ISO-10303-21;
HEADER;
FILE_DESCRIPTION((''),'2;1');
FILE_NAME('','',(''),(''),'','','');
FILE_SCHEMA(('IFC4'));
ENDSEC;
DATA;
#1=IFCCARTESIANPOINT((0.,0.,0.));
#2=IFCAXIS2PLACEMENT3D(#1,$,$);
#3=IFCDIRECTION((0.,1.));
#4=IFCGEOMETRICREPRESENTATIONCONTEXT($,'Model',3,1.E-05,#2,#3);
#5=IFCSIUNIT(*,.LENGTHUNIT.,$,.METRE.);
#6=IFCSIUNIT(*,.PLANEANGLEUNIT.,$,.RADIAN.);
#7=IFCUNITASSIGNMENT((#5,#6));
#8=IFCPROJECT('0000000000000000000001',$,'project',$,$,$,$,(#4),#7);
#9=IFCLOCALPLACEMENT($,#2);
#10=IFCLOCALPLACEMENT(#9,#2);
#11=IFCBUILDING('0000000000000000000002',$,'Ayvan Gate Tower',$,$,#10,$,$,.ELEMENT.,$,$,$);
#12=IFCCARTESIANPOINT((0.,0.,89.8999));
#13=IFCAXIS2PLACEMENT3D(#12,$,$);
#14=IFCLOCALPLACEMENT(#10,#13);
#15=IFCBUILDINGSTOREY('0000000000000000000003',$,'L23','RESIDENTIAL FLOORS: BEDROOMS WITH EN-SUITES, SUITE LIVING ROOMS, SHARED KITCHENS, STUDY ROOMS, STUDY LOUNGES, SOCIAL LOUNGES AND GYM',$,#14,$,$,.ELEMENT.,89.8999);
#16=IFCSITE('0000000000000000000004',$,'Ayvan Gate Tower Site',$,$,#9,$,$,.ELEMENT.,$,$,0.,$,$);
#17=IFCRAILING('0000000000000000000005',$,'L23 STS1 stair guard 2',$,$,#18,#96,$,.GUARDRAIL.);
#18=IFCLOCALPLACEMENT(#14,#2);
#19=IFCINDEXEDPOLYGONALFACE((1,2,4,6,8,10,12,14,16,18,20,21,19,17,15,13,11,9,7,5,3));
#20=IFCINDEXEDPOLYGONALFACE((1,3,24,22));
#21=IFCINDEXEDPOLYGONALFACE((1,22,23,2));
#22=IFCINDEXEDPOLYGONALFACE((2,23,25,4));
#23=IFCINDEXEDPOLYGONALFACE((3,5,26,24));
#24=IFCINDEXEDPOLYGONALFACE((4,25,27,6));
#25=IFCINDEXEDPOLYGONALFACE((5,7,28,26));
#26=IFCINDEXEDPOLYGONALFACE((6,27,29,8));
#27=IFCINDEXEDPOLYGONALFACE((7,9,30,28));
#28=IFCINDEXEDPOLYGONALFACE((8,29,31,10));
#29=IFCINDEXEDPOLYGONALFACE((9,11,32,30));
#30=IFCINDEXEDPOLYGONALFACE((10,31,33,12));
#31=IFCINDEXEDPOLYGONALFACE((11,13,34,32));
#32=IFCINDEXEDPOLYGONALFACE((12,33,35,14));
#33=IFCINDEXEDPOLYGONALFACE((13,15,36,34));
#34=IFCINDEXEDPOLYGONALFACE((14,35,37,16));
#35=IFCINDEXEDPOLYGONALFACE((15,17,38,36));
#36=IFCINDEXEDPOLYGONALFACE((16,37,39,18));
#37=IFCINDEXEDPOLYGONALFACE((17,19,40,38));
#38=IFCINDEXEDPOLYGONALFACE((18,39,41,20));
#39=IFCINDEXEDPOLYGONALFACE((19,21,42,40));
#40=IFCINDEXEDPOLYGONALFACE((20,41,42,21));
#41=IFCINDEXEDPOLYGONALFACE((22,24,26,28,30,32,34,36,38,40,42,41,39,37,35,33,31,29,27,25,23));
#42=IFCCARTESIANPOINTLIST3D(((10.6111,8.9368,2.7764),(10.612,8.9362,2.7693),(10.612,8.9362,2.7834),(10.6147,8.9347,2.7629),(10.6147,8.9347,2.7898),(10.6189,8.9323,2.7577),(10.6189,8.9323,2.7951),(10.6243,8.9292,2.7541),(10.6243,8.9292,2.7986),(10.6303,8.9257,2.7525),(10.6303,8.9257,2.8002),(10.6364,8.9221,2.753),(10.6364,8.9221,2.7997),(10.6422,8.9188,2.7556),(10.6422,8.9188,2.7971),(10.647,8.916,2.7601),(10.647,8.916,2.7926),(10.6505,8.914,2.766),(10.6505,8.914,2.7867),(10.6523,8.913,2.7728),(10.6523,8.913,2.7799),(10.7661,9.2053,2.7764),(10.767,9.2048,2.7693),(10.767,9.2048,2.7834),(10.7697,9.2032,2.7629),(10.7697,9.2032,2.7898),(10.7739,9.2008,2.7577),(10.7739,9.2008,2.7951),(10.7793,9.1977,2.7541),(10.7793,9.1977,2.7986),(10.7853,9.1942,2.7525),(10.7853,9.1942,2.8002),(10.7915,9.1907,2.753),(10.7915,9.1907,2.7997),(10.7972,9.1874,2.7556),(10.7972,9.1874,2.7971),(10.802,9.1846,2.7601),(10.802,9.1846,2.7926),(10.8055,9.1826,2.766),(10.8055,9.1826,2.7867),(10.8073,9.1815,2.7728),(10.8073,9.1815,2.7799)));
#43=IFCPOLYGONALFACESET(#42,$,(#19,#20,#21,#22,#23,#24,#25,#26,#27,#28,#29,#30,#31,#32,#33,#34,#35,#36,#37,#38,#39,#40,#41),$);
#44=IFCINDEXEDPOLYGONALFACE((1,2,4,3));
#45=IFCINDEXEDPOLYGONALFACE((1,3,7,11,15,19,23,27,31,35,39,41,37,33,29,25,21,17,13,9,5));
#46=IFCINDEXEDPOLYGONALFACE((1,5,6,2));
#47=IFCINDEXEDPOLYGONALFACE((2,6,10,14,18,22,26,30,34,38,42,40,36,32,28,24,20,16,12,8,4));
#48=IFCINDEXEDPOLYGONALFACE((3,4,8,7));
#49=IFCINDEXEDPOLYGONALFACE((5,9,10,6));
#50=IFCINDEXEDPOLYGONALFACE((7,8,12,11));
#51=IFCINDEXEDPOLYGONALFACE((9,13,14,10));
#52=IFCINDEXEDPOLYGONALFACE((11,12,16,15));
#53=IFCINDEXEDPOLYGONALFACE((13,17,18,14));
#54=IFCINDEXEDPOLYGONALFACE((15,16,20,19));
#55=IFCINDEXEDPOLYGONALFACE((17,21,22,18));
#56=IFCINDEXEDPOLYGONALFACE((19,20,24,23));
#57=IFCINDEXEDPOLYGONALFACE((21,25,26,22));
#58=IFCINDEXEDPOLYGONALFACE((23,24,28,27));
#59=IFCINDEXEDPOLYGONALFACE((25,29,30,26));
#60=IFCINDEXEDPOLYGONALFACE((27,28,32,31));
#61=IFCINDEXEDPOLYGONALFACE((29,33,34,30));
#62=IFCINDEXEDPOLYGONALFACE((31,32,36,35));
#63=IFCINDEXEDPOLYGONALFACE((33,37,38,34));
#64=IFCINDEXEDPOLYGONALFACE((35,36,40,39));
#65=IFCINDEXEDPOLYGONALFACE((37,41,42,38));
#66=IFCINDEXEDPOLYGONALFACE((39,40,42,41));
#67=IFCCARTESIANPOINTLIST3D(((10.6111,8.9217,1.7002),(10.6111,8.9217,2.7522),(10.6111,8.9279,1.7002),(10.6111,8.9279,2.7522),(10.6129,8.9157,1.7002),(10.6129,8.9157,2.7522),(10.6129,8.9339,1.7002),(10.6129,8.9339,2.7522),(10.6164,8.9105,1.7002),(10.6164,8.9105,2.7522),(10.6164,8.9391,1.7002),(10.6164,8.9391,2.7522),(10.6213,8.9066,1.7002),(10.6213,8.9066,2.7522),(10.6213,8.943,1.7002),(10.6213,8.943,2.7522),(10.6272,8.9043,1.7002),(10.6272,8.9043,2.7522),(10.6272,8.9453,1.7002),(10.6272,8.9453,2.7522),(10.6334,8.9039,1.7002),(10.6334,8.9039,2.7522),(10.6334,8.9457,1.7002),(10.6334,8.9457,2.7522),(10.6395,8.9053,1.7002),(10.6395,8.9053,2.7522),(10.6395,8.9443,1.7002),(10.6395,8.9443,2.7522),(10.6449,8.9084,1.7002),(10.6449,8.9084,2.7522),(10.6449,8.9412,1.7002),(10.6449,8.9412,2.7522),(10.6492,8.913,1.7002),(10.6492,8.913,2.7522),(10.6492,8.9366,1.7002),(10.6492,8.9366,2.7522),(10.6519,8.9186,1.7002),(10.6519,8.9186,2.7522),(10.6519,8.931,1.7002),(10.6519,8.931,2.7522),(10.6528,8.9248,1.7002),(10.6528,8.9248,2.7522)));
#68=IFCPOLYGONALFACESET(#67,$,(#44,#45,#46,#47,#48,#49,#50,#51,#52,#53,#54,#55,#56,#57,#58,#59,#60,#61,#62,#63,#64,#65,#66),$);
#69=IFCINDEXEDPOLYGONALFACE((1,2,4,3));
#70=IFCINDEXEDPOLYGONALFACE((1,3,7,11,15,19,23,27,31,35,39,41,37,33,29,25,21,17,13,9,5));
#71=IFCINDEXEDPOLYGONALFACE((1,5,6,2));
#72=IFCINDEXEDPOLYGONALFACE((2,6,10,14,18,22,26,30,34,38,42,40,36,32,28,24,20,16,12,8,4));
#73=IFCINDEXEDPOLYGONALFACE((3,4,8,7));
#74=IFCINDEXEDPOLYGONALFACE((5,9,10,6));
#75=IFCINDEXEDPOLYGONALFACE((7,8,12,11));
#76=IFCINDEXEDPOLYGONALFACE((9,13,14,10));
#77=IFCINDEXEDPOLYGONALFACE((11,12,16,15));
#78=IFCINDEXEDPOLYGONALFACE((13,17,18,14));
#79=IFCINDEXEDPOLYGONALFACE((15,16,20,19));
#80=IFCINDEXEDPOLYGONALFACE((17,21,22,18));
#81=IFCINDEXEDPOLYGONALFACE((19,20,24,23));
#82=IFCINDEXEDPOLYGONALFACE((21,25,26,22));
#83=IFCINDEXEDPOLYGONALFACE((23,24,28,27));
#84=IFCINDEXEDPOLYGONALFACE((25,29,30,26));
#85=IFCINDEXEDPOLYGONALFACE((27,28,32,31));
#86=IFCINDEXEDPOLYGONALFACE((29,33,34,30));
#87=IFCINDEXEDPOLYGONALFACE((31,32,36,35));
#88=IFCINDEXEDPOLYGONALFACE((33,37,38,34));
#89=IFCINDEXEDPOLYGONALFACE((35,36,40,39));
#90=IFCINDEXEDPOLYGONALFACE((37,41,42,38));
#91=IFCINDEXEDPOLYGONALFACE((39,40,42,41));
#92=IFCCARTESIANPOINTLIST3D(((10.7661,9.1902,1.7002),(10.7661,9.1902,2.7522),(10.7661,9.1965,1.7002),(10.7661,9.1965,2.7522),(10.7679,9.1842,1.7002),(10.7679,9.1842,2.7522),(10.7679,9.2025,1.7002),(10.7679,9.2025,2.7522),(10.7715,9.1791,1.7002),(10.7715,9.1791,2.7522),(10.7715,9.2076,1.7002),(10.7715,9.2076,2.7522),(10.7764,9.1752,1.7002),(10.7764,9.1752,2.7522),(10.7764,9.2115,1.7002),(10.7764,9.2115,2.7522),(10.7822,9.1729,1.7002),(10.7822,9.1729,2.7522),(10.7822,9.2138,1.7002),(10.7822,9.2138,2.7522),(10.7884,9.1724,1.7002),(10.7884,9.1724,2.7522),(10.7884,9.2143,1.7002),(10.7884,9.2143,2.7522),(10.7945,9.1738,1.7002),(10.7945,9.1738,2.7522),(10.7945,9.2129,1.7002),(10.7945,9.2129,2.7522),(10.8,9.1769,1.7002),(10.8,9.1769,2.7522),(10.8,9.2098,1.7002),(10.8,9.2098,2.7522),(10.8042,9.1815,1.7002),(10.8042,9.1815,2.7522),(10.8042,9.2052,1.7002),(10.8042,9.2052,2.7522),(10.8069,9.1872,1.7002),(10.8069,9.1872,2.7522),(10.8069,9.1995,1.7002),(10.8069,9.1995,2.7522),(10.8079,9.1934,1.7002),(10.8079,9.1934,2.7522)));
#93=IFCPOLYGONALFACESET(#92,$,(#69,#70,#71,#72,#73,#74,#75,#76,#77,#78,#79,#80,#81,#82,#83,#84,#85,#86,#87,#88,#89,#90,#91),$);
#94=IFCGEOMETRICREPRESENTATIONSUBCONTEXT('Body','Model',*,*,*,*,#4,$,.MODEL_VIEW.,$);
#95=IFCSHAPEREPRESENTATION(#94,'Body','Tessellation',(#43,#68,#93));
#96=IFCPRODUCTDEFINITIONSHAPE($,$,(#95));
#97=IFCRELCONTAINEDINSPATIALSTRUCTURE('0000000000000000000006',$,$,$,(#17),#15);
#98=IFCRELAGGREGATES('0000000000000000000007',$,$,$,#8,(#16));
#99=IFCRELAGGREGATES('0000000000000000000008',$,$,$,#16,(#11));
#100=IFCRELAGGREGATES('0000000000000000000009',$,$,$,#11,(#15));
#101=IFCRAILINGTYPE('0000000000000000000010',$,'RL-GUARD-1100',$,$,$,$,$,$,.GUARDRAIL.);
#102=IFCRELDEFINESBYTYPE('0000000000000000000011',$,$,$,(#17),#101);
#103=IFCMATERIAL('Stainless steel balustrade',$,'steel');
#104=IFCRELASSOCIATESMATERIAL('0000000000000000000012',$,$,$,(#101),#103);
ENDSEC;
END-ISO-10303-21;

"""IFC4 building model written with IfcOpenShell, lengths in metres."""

from ifc_helpers import new_model, si_unit, direction, frame, origin, origin_2d, place, context, subcontext, project, spatial, circle, extrude, material, type_object, element, save


model = new_model("IFC4")

# Units and contexts
model_context = context("Model", 3, precision=1e-05, world=origin(), true_north=direction((0.0, 1.0)))
body_context = subcontext(model_context, "Body", "Model", "MODEL_VIEW")
ifc_project = project(units=[si_unit("LENGTHUNIT", "METRE"), si_unit("PLANEANGLEUNIT", "RADIAN")], contexts=[model_context])

# Site, building, storey
site_placement = place(None, origin())
site = spatial("IfcSite", under=ifc_project, at=site_placement, Name="Ayvan Gate Tower Site", CompositionType="ELEMENT", RefElevation=0.0)
building_placement = place(site_placement, origin())
building = spatial("IfcBuilding", under=site, at=building_placement, Name="Ayvan Gate Tower", CompositionType="ELEMENT")
storey_placement = place(building_placement, frame((0.0, 0.0, 89.8999)))
storey = spatial("IfcBuildingStorey", under=building, at=storey_placement, Name="L23", Description="RESIDENTIAL FLOORS: BEDROOMS WITH EN-SUITES, SUITE LIVING ROOMS, SHARED KITCHENS, STUDY ROOMS, STUDY LOUNGES, SOCIAL LOUNGES AND GYM", CompositionType="ELEMENT", Elevation=89.8999)

# Railing
ifc_material_1 = material(Name="Stainless steel balustrade", Category="steel")
railing_type_1 = type_object("IfcRailingType", Name="RL-GUARD-1100", PredefinedType="GUARDRAIL", material=ifc_material_1)
railing_1_placement = place(storey_placement, frame((10.6318, 8.9248, 1.7002)))
element("IfcRailing", 1, at=railing_1_placement, inside=storey, type_object=railing_type_1, Name="L23 STS1 stair guard 2", PredefinedType="GUARDRAIL", context=body_context, shape_type="SweptSolid", body=[
    extrude(circle(Radius=0.0239, at=origin_2d()), frame((0.0, 0.0, 1.0762), z_axis=(0.49995, 0.866054, 0.0), x_axis=(-0.866054, 0.49995, 0.0)), (0.0, 0.0, 1.0), 0.3101),
    extrude(circle(Radius=0.021, at=origin_2d()), origin(), (0.0, 0.0, 1.0), 1.052),
    extrude(circle(Radius=0.021, at=origin_2d()), frame((0.155, 0.2686, 0.0)), (0.0, 0.0, 1.0), 1.052),
])

save(model, "model.ifc")
